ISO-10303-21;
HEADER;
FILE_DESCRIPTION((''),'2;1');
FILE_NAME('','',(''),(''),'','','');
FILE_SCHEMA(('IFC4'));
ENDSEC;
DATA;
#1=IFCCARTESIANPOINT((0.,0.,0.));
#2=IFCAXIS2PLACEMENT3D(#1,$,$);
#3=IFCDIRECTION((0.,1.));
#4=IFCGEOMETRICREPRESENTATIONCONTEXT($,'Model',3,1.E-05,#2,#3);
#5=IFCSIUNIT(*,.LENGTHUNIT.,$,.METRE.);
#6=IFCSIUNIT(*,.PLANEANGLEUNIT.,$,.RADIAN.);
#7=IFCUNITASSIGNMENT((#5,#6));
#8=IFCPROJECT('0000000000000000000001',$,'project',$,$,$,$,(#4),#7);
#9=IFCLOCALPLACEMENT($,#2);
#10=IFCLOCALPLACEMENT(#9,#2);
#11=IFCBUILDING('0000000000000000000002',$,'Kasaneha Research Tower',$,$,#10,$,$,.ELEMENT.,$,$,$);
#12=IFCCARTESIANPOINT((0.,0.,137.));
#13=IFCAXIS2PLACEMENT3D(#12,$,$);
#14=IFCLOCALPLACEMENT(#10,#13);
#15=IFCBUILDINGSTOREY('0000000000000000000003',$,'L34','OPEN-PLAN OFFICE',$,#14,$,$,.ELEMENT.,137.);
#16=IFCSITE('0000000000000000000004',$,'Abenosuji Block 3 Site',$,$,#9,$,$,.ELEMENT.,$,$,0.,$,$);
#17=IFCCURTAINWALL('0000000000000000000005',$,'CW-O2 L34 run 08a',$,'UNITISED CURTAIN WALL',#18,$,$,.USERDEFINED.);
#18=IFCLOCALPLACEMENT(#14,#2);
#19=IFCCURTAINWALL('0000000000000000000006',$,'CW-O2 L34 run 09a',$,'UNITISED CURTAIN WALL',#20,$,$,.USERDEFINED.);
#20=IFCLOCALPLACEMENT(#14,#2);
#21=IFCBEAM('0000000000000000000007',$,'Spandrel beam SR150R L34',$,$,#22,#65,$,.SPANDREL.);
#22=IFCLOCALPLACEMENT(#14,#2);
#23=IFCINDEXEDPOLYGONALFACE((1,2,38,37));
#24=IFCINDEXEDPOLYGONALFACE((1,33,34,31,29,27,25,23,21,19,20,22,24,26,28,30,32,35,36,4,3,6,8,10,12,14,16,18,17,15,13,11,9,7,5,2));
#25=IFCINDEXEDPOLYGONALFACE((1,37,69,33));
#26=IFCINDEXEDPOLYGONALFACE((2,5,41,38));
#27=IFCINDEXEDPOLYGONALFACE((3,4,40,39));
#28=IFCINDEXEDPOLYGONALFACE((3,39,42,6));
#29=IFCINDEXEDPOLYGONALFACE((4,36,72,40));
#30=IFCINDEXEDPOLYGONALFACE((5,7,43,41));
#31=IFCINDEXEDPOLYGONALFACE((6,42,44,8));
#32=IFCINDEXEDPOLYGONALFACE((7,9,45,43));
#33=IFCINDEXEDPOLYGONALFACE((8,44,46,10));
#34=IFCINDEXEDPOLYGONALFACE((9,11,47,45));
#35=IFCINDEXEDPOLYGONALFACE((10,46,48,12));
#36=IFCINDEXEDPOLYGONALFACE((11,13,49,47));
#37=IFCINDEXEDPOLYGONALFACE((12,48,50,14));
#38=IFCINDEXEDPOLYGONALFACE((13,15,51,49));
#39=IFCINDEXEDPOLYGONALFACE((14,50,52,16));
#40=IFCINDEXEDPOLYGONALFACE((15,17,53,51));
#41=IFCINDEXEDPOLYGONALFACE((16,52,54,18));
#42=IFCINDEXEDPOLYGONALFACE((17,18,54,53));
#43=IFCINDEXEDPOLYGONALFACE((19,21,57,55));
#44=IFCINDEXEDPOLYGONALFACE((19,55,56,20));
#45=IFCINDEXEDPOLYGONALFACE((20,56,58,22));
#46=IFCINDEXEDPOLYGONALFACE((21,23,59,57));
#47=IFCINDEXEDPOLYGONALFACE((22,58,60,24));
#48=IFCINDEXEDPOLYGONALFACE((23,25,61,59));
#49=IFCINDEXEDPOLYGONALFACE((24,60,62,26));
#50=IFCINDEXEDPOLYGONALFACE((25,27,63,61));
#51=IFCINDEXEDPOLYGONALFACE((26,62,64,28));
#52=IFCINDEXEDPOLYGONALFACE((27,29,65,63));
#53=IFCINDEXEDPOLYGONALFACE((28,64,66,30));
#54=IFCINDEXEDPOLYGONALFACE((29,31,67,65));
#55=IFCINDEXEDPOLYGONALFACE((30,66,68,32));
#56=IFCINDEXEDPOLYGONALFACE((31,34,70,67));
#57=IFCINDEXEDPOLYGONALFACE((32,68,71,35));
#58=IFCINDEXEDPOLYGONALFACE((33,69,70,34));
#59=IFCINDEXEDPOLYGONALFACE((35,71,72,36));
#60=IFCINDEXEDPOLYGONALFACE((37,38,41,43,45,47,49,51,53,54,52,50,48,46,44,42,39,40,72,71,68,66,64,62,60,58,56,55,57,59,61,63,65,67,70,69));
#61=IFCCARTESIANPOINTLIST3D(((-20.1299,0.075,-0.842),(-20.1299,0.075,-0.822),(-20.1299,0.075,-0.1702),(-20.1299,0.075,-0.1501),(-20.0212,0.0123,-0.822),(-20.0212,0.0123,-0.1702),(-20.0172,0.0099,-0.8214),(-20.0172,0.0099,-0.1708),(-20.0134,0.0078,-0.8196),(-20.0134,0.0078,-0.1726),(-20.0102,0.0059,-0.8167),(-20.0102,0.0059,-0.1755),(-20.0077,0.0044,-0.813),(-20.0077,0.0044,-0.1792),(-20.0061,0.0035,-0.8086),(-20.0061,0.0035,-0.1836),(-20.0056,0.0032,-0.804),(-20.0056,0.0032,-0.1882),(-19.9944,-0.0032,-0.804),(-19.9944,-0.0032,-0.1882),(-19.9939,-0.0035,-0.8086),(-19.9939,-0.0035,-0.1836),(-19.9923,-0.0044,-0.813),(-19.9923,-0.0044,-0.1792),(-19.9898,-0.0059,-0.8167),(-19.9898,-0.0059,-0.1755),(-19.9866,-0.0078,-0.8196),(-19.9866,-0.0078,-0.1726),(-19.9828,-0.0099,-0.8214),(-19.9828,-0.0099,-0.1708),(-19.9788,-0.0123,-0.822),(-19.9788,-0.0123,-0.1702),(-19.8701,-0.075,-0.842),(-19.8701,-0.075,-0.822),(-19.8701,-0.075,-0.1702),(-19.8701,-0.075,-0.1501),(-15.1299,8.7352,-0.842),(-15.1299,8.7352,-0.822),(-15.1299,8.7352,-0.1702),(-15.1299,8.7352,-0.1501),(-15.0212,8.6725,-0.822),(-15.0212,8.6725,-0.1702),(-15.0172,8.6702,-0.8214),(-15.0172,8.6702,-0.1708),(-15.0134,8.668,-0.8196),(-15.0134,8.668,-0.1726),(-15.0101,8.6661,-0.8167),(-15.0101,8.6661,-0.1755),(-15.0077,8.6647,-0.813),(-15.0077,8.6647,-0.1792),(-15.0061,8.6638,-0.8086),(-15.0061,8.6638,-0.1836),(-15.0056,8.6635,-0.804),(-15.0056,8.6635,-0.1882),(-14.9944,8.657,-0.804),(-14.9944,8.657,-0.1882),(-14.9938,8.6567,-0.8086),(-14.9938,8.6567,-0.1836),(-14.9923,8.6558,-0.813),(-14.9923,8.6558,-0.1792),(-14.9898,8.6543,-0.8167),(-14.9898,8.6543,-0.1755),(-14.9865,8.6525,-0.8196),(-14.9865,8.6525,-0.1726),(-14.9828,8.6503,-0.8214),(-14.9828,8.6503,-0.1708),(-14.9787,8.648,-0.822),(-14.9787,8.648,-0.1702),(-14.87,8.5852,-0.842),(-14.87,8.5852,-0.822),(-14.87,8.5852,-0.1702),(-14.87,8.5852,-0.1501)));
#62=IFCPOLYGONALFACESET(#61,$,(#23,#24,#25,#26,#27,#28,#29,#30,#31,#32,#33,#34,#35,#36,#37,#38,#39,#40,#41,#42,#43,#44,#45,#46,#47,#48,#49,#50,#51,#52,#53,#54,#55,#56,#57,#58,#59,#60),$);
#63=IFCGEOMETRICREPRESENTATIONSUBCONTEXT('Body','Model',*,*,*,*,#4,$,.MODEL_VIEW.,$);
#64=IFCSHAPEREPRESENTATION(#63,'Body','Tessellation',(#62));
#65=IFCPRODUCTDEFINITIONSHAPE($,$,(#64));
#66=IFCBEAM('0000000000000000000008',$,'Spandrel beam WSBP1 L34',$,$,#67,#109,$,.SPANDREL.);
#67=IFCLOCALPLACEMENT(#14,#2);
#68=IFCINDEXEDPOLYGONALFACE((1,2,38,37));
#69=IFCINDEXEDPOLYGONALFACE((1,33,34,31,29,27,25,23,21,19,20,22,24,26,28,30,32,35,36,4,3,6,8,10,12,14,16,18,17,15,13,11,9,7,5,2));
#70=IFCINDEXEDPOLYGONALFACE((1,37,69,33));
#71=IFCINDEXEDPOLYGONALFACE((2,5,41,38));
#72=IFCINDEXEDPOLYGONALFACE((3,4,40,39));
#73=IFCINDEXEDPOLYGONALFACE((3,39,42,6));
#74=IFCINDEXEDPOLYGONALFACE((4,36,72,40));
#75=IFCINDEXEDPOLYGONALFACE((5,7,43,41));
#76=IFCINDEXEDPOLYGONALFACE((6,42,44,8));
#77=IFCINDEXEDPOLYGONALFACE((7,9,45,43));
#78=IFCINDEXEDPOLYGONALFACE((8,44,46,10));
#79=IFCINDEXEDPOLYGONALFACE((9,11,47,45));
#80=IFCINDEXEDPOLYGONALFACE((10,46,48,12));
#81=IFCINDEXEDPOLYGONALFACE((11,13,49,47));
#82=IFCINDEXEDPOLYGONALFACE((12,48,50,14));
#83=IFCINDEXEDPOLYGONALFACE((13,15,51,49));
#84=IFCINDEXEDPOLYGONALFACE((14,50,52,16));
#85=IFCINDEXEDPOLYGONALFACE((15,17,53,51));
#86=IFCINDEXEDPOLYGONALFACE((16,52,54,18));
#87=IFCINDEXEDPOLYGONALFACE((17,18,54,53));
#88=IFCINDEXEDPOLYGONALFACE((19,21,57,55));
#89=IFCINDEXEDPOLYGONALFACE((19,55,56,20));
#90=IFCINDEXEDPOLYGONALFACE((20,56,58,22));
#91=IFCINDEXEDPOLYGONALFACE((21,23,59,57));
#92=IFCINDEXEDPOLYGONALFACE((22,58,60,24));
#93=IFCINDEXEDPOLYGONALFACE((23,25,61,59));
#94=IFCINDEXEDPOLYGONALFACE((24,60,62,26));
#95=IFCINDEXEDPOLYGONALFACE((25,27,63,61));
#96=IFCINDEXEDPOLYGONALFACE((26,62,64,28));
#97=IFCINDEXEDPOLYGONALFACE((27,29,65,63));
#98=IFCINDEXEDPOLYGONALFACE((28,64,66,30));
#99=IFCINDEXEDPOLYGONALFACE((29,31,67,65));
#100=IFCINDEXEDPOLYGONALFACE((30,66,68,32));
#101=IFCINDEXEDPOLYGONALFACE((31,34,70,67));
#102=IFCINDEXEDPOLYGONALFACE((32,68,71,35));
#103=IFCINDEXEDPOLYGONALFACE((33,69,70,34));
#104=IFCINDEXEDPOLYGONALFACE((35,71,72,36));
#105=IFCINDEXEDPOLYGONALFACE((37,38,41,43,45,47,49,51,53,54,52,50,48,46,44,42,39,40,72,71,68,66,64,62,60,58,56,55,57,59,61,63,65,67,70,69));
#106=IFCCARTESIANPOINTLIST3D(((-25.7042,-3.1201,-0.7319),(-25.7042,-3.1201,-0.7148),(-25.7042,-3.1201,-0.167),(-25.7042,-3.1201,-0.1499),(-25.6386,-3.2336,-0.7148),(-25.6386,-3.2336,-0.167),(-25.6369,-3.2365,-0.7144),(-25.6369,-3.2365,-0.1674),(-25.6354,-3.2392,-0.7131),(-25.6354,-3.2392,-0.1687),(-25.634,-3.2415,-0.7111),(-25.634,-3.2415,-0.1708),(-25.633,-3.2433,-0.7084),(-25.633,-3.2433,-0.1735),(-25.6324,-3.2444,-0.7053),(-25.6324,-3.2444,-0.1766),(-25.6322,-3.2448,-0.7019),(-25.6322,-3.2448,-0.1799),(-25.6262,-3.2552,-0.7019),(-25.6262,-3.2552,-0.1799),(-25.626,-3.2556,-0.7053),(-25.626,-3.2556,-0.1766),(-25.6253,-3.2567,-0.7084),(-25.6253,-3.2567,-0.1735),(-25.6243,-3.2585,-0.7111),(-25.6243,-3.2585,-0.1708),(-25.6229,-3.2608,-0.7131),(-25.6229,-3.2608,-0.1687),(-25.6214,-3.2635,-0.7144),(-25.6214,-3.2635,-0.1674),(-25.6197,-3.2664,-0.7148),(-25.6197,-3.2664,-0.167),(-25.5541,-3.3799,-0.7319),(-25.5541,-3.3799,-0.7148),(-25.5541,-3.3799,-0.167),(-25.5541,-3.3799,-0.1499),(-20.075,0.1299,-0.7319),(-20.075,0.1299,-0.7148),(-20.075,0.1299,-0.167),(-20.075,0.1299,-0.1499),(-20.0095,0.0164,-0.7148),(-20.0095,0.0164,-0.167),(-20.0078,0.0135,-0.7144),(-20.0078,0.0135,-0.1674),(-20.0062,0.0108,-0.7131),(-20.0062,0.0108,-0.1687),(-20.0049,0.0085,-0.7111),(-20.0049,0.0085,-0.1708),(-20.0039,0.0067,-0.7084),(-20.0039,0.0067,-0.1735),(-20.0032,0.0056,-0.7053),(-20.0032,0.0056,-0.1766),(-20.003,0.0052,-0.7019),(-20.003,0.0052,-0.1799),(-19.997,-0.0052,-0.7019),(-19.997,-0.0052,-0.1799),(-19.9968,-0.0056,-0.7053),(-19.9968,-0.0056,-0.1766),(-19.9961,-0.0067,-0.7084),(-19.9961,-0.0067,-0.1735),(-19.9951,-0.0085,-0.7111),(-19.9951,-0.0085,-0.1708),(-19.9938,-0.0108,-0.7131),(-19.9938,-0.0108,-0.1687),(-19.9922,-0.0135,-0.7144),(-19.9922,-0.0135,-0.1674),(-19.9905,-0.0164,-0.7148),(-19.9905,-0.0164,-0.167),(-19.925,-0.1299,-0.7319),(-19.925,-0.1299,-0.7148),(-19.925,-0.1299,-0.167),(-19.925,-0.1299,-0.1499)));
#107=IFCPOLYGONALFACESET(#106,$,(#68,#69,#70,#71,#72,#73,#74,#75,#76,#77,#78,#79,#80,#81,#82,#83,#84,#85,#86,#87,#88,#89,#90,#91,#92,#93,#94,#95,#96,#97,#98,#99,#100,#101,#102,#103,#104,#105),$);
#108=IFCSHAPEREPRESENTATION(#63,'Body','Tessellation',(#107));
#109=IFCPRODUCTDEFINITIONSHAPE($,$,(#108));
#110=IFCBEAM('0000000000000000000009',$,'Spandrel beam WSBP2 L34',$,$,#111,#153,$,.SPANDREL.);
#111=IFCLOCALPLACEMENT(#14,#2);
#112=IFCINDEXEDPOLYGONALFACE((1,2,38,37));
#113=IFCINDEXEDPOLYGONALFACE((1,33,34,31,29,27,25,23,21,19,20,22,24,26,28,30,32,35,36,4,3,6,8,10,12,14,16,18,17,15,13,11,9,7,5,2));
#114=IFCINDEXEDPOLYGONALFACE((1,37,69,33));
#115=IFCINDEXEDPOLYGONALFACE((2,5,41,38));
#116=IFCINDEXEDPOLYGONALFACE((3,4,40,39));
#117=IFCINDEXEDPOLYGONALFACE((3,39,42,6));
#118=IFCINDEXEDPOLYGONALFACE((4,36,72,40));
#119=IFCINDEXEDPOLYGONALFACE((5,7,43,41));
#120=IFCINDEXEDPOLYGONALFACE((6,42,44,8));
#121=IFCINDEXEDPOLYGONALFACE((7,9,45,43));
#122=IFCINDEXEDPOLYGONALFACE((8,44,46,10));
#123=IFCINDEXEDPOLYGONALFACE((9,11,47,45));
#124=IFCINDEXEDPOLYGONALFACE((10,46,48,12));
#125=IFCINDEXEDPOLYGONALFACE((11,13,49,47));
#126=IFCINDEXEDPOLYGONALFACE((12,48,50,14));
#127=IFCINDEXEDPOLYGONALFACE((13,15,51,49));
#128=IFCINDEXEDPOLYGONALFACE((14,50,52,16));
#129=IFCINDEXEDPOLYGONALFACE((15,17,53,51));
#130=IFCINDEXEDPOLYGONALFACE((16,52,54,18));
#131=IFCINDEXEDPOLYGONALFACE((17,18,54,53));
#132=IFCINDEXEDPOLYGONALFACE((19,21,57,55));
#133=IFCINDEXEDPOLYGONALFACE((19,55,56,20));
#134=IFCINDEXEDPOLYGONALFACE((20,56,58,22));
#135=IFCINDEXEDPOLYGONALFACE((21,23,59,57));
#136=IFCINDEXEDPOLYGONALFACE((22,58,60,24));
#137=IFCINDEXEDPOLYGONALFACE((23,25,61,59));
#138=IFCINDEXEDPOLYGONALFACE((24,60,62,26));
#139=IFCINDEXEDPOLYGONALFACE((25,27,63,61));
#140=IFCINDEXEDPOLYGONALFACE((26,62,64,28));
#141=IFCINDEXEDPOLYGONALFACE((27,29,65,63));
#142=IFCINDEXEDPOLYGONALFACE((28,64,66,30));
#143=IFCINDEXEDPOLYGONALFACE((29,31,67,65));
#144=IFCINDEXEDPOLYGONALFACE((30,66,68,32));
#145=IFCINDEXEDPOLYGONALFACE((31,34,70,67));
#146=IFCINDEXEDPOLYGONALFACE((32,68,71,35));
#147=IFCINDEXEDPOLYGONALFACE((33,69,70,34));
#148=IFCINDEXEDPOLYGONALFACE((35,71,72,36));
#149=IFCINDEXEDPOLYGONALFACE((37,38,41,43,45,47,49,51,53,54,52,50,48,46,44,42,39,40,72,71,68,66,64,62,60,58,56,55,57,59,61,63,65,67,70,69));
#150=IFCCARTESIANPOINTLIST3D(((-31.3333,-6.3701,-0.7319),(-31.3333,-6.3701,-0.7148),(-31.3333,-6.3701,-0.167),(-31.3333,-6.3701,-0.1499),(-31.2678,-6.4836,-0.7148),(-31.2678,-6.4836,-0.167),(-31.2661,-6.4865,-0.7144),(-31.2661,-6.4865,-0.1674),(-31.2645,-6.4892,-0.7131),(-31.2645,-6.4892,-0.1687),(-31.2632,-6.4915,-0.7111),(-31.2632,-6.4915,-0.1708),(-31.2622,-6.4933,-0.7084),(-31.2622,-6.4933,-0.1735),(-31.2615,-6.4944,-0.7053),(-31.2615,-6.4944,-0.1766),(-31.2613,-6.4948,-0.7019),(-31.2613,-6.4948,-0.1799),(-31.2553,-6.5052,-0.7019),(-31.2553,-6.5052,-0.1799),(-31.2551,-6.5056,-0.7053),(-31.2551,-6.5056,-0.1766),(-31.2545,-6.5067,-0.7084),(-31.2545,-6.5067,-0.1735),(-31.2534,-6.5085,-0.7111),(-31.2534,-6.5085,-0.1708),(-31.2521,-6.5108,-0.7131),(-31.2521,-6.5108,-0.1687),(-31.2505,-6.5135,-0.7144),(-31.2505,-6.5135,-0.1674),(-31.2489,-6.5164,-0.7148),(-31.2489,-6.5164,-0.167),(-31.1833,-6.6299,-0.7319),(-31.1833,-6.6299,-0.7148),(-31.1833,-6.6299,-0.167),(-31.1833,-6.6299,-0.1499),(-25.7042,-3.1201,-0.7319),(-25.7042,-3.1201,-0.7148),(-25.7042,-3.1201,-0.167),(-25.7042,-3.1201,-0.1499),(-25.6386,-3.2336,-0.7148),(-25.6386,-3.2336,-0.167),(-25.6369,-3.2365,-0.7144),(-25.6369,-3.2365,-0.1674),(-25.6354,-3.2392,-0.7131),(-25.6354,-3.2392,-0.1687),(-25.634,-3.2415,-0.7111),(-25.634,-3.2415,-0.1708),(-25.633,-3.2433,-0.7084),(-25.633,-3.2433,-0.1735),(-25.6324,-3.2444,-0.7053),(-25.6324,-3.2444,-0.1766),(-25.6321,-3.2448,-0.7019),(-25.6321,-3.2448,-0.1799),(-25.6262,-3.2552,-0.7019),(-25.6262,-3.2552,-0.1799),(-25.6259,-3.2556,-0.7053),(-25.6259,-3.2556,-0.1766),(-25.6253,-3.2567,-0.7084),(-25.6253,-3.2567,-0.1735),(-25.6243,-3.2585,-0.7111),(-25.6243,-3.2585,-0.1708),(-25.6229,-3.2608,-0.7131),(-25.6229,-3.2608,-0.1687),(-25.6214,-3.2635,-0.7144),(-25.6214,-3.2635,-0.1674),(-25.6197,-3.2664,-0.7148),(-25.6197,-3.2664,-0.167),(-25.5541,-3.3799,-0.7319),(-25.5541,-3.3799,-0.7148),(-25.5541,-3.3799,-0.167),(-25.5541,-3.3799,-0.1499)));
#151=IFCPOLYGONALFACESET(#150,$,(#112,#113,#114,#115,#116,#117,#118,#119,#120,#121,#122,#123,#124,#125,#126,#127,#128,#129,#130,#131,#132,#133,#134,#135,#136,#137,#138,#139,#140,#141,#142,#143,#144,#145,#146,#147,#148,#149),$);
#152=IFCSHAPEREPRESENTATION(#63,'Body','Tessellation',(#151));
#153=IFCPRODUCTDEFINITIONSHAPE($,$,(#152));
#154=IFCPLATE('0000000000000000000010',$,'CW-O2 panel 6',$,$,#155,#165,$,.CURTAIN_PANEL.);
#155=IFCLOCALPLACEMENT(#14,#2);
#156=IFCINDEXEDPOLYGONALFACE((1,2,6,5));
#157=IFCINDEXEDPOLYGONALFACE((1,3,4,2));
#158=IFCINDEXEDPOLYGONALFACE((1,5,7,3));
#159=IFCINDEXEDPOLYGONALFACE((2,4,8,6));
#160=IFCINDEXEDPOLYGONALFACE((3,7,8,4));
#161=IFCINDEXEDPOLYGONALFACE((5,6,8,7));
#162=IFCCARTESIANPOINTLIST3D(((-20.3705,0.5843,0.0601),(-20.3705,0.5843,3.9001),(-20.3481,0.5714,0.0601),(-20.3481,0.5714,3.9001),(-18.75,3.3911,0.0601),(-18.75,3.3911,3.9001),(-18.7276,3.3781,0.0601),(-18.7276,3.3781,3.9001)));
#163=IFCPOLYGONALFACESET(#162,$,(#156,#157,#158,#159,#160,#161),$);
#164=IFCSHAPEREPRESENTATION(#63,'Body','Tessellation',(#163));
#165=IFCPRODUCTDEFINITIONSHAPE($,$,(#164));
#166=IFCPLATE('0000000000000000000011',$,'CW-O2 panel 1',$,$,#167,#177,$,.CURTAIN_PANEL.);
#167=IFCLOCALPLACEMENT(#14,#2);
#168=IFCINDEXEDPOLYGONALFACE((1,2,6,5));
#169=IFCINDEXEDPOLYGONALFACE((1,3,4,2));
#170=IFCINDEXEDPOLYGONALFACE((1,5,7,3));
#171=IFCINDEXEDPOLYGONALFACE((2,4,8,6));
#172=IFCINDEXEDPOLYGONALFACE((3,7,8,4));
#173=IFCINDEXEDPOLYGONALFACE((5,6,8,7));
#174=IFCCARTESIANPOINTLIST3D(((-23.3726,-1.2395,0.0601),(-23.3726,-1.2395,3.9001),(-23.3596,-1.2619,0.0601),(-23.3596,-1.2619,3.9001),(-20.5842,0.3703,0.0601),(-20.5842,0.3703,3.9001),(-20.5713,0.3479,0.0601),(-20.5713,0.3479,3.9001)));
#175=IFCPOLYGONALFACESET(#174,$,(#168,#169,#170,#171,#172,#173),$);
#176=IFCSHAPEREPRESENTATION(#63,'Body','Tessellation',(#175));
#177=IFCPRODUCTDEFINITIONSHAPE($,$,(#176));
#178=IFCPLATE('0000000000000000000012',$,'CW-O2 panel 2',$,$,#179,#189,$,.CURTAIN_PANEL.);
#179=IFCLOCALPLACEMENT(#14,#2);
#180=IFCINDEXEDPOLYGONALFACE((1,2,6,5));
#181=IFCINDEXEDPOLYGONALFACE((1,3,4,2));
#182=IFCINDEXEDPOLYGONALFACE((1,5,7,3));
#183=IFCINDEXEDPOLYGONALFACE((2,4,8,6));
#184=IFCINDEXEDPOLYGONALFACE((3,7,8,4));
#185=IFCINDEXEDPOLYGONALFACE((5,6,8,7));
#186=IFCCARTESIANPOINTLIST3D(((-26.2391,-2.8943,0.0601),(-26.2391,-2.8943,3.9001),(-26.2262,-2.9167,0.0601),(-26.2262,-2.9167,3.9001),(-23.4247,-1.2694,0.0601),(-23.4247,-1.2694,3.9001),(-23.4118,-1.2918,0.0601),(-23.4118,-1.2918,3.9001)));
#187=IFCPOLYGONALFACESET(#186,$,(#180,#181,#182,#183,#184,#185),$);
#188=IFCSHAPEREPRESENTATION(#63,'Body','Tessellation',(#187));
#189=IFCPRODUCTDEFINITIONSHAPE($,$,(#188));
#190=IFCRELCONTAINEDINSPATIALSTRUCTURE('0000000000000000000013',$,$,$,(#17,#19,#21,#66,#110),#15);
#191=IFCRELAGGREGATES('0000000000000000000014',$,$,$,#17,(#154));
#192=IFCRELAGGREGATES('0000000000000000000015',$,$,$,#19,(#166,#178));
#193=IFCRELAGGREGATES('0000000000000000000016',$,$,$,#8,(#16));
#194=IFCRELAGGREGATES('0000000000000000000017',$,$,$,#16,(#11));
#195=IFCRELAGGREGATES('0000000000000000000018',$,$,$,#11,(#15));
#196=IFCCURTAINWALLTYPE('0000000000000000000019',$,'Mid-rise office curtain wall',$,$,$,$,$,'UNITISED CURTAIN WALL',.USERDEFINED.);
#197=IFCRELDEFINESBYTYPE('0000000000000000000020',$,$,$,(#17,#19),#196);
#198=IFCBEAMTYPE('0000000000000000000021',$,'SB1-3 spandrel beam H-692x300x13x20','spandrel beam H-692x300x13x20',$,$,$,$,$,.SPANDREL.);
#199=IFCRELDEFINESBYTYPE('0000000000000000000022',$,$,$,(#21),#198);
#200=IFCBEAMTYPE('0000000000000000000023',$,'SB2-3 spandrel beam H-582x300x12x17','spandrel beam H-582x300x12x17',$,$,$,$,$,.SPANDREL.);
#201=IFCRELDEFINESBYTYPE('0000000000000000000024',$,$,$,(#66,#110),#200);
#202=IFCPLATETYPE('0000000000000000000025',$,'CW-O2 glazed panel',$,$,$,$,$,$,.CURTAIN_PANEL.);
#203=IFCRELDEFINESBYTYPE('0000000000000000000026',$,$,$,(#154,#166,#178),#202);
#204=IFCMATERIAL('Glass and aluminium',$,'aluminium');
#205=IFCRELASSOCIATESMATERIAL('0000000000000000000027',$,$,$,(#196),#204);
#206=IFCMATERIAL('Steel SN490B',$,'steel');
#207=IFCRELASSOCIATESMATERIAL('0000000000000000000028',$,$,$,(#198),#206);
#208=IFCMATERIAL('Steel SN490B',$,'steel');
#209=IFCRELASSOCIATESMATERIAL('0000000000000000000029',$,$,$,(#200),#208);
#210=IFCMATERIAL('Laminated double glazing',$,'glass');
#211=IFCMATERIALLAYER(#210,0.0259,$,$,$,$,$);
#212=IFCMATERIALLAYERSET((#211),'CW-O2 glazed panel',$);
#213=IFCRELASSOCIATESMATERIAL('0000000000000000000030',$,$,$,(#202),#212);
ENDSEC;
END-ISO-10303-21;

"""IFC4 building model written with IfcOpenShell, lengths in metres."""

from ifc_helpers import new_model, si_unit, direction, frame, origin, origin_2d, place, context, subcontext, project, spatial, rectangle, i_section, extrude, material, layer, layer_set, material_profile, profile_set, type_object, element, aggregate, save


model = new_model("IFC4")

# Units and contexts
model_context = context("Model", 3, precision=1e-05, world=origin(), true_north=direction((0.0, 1.0)))
body_context = subcontext(model_context, "Body", "Model", "MODEL_VIEW")
ifc_project = project(units=[si_unit("LENGTHUNIT", "METRE"), si_unit("PLANEANGLEUNIT", "RADIAN")], contexts=[model_context])

# Site, building, storey
site_placement = place(None, origin())
site = spatial("IfcSite", under=ifc_project, at=site_placement, Name="Abenosuji Block 3 Site", CompositionType="ELEMENT", RefElevation=0.0)
building_placement = place(site_placement, origin())
building = spatial("IfcBuilding", under=site, at=building_placement, Name="Kasaneha Research Tower", CompositionType="ELEMENT")
storey_placement = place(building_placement, frame((0.0, 0.0, 137.0)))
storey = spatial("IfcBuildingStorey", under=building, at=storey_placement, Name="L34", Description="OPEN-PLAN OFFICE", CompositionType="ELEMENT", Elevation=137.0)

# Curtain wall
ifc_material_1 = material(Name="Glass and aluminium", Category="aluminium")
curtain_wall_type = type_object("IfcCurtainWallType", Name="Mid-rise office curtain wall", ElementType="UNITISED CURTAIN WALL", PredefinedType="USERDEFINED", material=ifc_material_1)
curtain_wall_1_placement = place(storey_placement, origin())
curtain_wall_1 = element("IfcCurtainWall", 1, at=curtain_wall_1_placement, inside=storey, type_object=curtain_wall_type, Name="CW-O2 L34 run 08a", ObjectType="UNITISED CURTAIN WALL", PredefinedType="USERDEFINED")

# Curtain wall
curtain_wall_2_placement = place(storey_placement, origin())
curtain_wall_2 = element("IfcCurtainWall", 2, at=curtain_wall_2_placement, inside=storey, type_object=curtain_wall_type, Name="CW-O2 L34 run 09a", ObjectType="UNITISED CURTAIN WALL", PredefinedType="USERDEFINED")

# Beams
ifc_material_2 = material(Name="Steel SN490B", Category="steel")
ifc_material_profile_1 = material_profile(ifc_material_2, i_section(OverallWidth=0.3, OverallDepth=0.6919, WebThickness=0.0129, FlangeThickness=0.02, FilletRadius=0.0181, at=origin_2d()), Name="H-692x300x13x20")
ifc_profile_set_1 = profile_set([ifc_material_profile_1], Name="Steel SN490B")
beam_type_1 = type_object("IfcBeamType", Name="SB1-3 spandrel beam H-692x300x13x20", Description="spandrel beam H-692x300x13x20", PredefinedType="SPANDREL", material=ifc_profile_set_1)
beam_1_placement = place(storey_placement, frame((-20.0, 0.0, -0.4961), z_axis=(0.500004, 0.866023, 0.0), x_axis=(-0.866023, 0.500004, 0.0)))
element("IfcBeam", 3, at=beam_1_placement, inside=storey, type_object=beam_type_1, Name="Spandrel beam SR150R L34", PredefinedType="SPANDREL", context=body_context, shape_type="SweptSolid", body=[
    extrude(i_section(OverallWidth=0.3, OverallDepth=0.6919, WebThickness=0.0129, FlangeThickness=0.02, FilletRadius=0.0181, at=origin_2d()), origin(), (0.0, 0.0, 1.0), 10.0),
])
ifc_material_3 = material(Name="Steel SN490B", Category="steel")
ifc_material_profile_2 = material_profile(ifc_material_3, i_section(OverallWidth=0.3, OverallDepth=0.582, WebThickness=0.012, FlangeThickness=0.0171, FilletRadius=0.0129, at=origin_2d()), Name="H-582x300x12x17")
ifc_profile_set_2 = profile_set([ifc_material_profile_2], Name="Steel SN490B")
beam_type_2 = type_object("IfcBeamType", Name="SB2-3 spandrel beam H-582x300x12x17", Description="spandrel beam H-582x300x12x17", PredefinedType="SPANDREL", material=ifc_profile_set_2)
for number, where, z_axis, x_axis, name in (
    (4, (-20.0, 0.0, -0.4409), (-0.866025, -0.500001, 0.0), (0.500001, -0.866025, 0.0), "Spandrel beam WSBP1 L34"),
    (5, (-25.6292, -3.25, -0.4409), (-0.866025, -0.500001, 0.0), (0.500001, -0.866025, 0.0), "Spandrel beam WSBP2 L34"),
):
    element("IfcBeam", number, at=place(storey_placement, frame(where, z_axis=z_axis, x_axis=x_axis)), inside=storey, type_object=beam_type_2, Name=name, PredefinedType="SPANDREL", context=body_context, shape_type="SweptSolid", body=[
        extrude(i_section(OverallWidth=0.3, OverallDepth=0.582, WebThickness=0.012, FlangeThickness=0.0171, FilletRadius=0.0129, at=origin_2d()), origin(), (0.0, 0.0, 1.0), 6.5),
    ])

# Plates
ifc_material_4 = material(Name="Laminated double glazing", Category="glass")
ifc_layer_1 = layer(ifc_material_4, 0.0259)
ifc_layer_set_1 = layer_set([ifc_layer_1], Name="CW-O2 glazed panel")
plate_type = type_object("IfcPlateType", Name="CW-O2 glazed panel", PredefinedType="CURTAIN_PANEL", material=ifc_layer_set_1)
plate_1_placement = place(storey_placement, frame((-19.5491, 1.9812, 0.0601), z_axis=(0.0, 0.0, 1.0), x_axis=(-0.5, -0.866025, 0.0)))
plate_1 = element("IfcPlate", 6, at=plate_1_placement, type_object=plate_type, Name="CW-O2 panel 6", PredefinedType="CURTAIN_PANEL", context=body_context, shape_type="SweptSolid", body=[
    extrude(rectangle(XDim=3.241, YDim=0.0259, at=origin_2d()), origin(), (0.0, 0.0, 1.0), 3.8401),
])
aggregate(curtain_wall_1, [plate_1])
plate_2_placement = place(storey_placement, frame((-21.9719, -0.4458, 0.0601), z_axis=(0.0, 0.0, 1.0), x_axis=(-0.866025, -0.5, 0.0)))
plate_2 = element("IfcPlate", 7, at=plate_2_placement, type_object=plate_type, Name="CW-O2 panel 1", PredefinedType="CURTAIN_PANEL", context=body_context, shape_type="SweptSolid", body=[
    extrude(rectangle(XDim=3.2197, YDim=0.0259, at=origin_2d()), origin(), (0.0, 0.0, 1.0), 3.8401),
])
plate_3_placement = place(storey_placement, frame((-24.8254, -2.093, 0.0601), z_axis=(0.0, 0.0, 1.0), x_axis=(-0.866025, -0.5, 0.0)))
plate_3 = element("IfcPlate", 8, at=plate_3_placement, type_object=plate_type, Name="CW-O2 panel 2", PredefinedType="CURTAIN_PANEL", context=body_context, shape_type="SweptSolid", body=[
    extrude(rectangle(XDim=3.2498, YDim=0.0259, at=origin_2d()), origin(), (0.0, 0.0, 1.0), 3.8401),
])
aggregate(curtain_wall_2, [plate_2, plate_3])

save(model, "model.ifc")
